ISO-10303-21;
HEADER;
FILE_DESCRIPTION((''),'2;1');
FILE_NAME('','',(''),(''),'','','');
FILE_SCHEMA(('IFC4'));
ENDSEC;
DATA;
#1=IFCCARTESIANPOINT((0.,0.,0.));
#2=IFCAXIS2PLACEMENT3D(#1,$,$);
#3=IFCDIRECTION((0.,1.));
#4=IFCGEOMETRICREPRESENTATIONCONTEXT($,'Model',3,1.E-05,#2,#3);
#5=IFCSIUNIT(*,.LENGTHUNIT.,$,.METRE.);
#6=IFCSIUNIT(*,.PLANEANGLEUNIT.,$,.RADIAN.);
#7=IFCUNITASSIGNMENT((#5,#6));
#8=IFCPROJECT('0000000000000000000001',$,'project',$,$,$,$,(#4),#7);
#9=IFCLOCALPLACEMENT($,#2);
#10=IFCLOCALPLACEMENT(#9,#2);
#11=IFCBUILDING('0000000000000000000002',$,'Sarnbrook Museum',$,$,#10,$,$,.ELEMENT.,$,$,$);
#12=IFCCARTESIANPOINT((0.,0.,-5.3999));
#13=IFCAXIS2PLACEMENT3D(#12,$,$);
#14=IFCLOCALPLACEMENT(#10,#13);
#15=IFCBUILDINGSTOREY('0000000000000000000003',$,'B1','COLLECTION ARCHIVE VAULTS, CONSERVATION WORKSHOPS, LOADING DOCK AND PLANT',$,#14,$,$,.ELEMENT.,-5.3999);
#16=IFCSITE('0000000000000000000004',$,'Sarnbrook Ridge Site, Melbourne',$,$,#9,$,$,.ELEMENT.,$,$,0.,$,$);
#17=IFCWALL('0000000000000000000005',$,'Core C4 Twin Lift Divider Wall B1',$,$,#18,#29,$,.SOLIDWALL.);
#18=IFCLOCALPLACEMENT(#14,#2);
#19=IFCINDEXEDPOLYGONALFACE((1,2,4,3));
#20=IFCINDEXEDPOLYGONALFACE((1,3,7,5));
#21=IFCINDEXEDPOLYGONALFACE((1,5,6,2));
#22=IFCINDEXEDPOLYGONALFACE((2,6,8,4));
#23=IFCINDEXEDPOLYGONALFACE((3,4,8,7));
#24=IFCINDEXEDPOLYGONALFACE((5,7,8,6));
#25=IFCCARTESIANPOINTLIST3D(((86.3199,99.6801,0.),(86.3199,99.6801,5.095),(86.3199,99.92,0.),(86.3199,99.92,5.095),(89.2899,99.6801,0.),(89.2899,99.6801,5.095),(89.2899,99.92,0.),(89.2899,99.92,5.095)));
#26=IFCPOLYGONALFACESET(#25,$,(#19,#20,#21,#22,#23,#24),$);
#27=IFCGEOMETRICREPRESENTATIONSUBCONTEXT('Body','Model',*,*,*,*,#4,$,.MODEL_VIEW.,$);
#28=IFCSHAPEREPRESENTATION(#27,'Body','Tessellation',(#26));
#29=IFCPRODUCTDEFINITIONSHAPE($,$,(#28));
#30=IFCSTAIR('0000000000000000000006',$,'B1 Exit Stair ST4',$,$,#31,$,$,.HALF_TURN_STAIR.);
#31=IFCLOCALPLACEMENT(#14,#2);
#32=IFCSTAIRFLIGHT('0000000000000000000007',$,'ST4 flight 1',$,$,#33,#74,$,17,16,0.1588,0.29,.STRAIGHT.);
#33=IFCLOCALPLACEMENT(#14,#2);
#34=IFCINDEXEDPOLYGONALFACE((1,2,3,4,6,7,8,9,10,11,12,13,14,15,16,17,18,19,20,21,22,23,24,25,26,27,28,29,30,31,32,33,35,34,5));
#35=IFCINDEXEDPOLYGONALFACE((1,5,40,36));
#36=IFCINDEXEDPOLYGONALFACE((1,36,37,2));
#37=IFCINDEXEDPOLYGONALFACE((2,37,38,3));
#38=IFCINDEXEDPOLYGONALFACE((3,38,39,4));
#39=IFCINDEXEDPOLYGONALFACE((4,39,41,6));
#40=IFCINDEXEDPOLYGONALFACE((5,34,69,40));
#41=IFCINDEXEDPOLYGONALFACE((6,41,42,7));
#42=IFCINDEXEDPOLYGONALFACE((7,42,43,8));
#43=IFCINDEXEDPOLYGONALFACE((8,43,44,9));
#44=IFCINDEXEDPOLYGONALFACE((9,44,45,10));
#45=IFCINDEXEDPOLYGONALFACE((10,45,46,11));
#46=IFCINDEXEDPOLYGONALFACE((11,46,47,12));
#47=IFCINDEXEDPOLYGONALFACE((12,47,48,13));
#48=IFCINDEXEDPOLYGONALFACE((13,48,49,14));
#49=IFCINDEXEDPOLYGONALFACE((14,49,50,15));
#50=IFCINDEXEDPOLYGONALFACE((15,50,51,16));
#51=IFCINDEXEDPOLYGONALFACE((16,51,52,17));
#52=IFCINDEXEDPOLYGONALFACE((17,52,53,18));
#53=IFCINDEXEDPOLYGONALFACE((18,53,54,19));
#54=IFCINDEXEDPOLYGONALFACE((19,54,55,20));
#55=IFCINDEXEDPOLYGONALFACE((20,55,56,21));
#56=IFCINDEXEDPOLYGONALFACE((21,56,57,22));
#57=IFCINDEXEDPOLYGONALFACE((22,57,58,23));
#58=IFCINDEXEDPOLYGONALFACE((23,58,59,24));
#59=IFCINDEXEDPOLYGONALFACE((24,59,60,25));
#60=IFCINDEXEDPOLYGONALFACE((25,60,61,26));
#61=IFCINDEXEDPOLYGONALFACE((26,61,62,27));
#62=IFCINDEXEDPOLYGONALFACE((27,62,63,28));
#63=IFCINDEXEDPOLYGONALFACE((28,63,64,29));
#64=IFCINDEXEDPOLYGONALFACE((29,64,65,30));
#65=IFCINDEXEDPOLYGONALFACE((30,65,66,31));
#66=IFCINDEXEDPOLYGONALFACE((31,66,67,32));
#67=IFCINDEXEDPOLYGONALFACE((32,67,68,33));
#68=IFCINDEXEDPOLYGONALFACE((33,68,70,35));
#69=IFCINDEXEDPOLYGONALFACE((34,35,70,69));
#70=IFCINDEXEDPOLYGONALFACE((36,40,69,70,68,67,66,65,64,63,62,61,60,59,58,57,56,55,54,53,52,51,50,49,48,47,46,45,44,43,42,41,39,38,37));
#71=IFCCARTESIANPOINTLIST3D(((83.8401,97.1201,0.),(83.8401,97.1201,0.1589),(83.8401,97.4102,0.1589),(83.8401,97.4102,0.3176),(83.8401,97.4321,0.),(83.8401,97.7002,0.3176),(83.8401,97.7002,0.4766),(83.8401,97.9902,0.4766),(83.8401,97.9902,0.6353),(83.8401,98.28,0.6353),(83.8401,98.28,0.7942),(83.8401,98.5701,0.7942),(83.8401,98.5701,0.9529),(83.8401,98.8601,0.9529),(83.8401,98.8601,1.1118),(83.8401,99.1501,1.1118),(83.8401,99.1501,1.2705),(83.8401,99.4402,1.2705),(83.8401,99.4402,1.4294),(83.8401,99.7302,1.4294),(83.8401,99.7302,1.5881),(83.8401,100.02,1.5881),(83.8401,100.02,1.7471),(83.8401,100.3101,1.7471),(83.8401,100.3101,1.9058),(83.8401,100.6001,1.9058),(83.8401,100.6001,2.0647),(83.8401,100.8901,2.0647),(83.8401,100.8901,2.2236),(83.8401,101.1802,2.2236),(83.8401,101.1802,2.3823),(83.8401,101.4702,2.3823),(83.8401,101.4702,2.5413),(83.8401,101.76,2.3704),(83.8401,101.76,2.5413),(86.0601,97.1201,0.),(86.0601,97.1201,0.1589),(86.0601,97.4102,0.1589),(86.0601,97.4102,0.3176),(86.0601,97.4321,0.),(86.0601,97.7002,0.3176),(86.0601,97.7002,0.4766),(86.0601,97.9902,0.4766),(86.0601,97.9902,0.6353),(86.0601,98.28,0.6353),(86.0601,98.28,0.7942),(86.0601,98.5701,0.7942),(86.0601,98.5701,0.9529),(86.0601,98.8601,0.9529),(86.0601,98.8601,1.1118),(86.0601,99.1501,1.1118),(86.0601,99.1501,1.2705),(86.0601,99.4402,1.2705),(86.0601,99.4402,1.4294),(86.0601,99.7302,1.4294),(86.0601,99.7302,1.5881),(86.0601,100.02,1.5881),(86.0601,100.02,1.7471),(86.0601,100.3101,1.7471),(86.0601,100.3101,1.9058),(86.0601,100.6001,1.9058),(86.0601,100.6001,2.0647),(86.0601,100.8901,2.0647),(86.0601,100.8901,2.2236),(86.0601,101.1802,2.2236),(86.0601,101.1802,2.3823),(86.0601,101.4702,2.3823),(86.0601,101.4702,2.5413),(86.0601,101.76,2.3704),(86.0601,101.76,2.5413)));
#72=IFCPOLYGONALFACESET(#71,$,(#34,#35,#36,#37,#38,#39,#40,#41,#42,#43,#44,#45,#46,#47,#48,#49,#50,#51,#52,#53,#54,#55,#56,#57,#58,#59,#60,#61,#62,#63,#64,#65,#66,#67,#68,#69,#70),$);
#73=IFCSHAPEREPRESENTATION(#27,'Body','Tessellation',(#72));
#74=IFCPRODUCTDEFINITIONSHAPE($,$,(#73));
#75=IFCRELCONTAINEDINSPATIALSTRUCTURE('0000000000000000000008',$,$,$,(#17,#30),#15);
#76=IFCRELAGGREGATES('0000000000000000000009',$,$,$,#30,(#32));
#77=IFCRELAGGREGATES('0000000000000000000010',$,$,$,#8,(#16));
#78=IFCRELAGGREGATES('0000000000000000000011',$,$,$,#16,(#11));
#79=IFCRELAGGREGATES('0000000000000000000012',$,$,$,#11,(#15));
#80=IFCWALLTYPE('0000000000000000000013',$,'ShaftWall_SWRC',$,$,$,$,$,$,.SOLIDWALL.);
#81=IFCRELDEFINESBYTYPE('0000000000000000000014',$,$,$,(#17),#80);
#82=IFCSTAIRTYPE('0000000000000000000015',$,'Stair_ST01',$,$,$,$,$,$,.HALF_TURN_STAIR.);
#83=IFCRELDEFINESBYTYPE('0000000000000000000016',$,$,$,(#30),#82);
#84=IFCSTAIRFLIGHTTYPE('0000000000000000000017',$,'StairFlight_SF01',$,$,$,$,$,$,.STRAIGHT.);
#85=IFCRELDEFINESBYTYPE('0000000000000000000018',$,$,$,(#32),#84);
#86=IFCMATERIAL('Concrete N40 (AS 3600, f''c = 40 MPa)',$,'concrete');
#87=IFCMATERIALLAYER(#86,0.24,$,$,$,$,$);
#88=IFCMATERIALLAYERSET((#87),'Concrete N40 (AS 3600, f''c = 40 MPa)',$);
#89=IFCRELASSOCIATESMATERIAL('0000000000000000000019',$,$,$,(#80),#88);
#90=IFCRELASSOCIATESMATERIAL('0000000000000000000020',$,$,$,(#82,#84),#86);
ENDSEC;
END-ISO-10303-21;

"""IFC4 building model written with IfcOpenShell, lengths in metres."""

from ifc_helpers import new_model, si_unit, direction, frame, frame_2d, origin, place, context, subcontext, project, spatial, polyline, rectangle, outline, extrude, material, layer, layer_set, type_object, element, aggregate, save


model = new_model("IFC4")

# Units and contexts
model_context = context("Model", 3, precision=1e-05, world=origin(), true_north=direction((0.0, 1.0)))
body_context = subcontext(model_context, "Body", "Model", "MODEL_VIEW")
ifc_project = project(units=[si_unit("LENGTHUNIT", "METRE"), si_unit("PLANEANGLEUNIT", "RADIAN")], contexts=[model_context])

# Site, building, storey
site_placement = place(None, origin())
site = spatial("IfcSite", under=ifc_project, at=site_placement, Name="Sarnbrook Ridge Site, Melbourne", CompositionType="ELEMENT", RefElevation=0.0)
building_placement = place(site_placement, origin())
building = spatial("IfcBuilding", under=site, at=building_placement, Name="Sarnbrook Museum", CompositionType="ELEMENT")
storey_placement = place(building_placement, frame((0.0, 0.0, -5.3999)))
storey = spatial("IfcBuildingStorey", under=building, at=storey_placement, Name="B1", Description="COLLECTION ARCHIVE VAULTS, CONSERVATION WORKSHOPS, LOADING DOCK AND PLANT", CompositionType="ELEMENT", Elevation=-5.3999)

# Shared definitions
ifc_material_1 = material(Name="Concrete N40 (AS 3600, f'c = 40 MPa)", Category="concrete")

# Wall
ifc_layer_1 = layer(ifc_material_1, 0.24)
ifc_layer_set_1 = layer_set([ifc_layer_1], Name="Concrete N40 (AS 3600, f'c = 40 MPa)")
wall_type_1 = type_object("IfcWallType", Name="ShaftWall_SWRC", PredefinedType="SOLIDWALL", material=ifc_layer_set_1)
wall_1_placement = place(storey_placement, frame((86.3201, 99.8, 0.0), z_axis=(0.0, 0.0, 1.0), x_axis=(1.0, 0.0, 0.0)))
element("IfcWall", 1, at=wall_1_placement, inside=storey, type_object=wall_type_1, Name="Core C4 Twin Lift Divider Wall B1", PredefinedType="SOLIDWALL", context=body_context, shape_type="SweptSolid", body=[
    extrude(rectangle(XDim=2.97, YDim=0.24, at=frame_2d((1.4849, 0.0))), origin(), (0.0, 0.0, 1.0), 5.095),
])

# Stair, stair flight
stair_type = type_object("IfcStairType", Name="Stair_ST01", PredefinedType="HALF_TURN_STAIR", material=ifc_material_1)
stair_placement = place(storey_placement, origin())
stair = element("IfcStair", 2, at=stair_placement, inside=storey, type_object=stair_type, Name="B1 Exit Stair ST4", PredefinedType="HALF_TURN_STAIR")
stair_flight_type = type_object("IfcStairFlightType", Name="StairFlight_SF01", PredefinedType="STRAIGHT", material=ifc_material_1)
stair_flight_placement = place(storey_placement, frame((84.95, 97.1201, 0.0), z_axis=(0.0, 0.0, 1.0), x_axis=(0.0, 1.0, 0.0)))
stair_flight = element("IfcStairFlight", 3, at=stair_flight_placement, type_object=stair_flight_type, Name="ST4 flight 1", NumberOfRisers=17, NumberOfTreads=16, PredefinedType="STRAIGHT", RiserHeight=0.1588, TreadLength=0.29, context=body_context, shape_type="SweptSolid", body=[
    extrude(outline(polyline([(0.0, 0.0), (0.0, 0.1589), (0.29, 0.1589), (0.29, 0.3176), (0.5801, 0.3176), (0.5801, 0.4766), (0.8701, 0.4766), (0.8701, 0.6353), (1.1599, 0.6353), (1.1599, 0.7942), (1.45, 0.7942), (1.45, 0.9529), (1.74, 0.9529), (1.74, 1.1118), (2.03, 1.1118), (2.03, 1.2705), (2.3201, 1.2705), (2.3201, 1.4294), (2.6101, 1.4294), (2.6101, 1.5881), (2.8999, 1.5881), (2.8999, 1.7471), (3.1899, 1.7471), (3.1899, 1.9058), (3.48, 1.9058), (3.48, 2.0647), (3.77, 2.0647), (3.77, 2.2236), (4.0601, 2.2236), (4.0601, 2.3823), (4.3501, 2.3823), (4.3501, 2.5413), (4.6399, 2.5413), (4.6399, 2.7), (4.6399, 2.3704), (0.312, 0.0), (0.0, 0.0)])), frame((0.0, 1.1099, 0.0), z_axis=(0.0, -1.0, 0.0), x_axis=(1.0, 0.0, 0.0)), (0.0, 0.0, 1.0), 2.22),
])
aggregate(stair, [stair_flight])

save(model, "model.ifc")
